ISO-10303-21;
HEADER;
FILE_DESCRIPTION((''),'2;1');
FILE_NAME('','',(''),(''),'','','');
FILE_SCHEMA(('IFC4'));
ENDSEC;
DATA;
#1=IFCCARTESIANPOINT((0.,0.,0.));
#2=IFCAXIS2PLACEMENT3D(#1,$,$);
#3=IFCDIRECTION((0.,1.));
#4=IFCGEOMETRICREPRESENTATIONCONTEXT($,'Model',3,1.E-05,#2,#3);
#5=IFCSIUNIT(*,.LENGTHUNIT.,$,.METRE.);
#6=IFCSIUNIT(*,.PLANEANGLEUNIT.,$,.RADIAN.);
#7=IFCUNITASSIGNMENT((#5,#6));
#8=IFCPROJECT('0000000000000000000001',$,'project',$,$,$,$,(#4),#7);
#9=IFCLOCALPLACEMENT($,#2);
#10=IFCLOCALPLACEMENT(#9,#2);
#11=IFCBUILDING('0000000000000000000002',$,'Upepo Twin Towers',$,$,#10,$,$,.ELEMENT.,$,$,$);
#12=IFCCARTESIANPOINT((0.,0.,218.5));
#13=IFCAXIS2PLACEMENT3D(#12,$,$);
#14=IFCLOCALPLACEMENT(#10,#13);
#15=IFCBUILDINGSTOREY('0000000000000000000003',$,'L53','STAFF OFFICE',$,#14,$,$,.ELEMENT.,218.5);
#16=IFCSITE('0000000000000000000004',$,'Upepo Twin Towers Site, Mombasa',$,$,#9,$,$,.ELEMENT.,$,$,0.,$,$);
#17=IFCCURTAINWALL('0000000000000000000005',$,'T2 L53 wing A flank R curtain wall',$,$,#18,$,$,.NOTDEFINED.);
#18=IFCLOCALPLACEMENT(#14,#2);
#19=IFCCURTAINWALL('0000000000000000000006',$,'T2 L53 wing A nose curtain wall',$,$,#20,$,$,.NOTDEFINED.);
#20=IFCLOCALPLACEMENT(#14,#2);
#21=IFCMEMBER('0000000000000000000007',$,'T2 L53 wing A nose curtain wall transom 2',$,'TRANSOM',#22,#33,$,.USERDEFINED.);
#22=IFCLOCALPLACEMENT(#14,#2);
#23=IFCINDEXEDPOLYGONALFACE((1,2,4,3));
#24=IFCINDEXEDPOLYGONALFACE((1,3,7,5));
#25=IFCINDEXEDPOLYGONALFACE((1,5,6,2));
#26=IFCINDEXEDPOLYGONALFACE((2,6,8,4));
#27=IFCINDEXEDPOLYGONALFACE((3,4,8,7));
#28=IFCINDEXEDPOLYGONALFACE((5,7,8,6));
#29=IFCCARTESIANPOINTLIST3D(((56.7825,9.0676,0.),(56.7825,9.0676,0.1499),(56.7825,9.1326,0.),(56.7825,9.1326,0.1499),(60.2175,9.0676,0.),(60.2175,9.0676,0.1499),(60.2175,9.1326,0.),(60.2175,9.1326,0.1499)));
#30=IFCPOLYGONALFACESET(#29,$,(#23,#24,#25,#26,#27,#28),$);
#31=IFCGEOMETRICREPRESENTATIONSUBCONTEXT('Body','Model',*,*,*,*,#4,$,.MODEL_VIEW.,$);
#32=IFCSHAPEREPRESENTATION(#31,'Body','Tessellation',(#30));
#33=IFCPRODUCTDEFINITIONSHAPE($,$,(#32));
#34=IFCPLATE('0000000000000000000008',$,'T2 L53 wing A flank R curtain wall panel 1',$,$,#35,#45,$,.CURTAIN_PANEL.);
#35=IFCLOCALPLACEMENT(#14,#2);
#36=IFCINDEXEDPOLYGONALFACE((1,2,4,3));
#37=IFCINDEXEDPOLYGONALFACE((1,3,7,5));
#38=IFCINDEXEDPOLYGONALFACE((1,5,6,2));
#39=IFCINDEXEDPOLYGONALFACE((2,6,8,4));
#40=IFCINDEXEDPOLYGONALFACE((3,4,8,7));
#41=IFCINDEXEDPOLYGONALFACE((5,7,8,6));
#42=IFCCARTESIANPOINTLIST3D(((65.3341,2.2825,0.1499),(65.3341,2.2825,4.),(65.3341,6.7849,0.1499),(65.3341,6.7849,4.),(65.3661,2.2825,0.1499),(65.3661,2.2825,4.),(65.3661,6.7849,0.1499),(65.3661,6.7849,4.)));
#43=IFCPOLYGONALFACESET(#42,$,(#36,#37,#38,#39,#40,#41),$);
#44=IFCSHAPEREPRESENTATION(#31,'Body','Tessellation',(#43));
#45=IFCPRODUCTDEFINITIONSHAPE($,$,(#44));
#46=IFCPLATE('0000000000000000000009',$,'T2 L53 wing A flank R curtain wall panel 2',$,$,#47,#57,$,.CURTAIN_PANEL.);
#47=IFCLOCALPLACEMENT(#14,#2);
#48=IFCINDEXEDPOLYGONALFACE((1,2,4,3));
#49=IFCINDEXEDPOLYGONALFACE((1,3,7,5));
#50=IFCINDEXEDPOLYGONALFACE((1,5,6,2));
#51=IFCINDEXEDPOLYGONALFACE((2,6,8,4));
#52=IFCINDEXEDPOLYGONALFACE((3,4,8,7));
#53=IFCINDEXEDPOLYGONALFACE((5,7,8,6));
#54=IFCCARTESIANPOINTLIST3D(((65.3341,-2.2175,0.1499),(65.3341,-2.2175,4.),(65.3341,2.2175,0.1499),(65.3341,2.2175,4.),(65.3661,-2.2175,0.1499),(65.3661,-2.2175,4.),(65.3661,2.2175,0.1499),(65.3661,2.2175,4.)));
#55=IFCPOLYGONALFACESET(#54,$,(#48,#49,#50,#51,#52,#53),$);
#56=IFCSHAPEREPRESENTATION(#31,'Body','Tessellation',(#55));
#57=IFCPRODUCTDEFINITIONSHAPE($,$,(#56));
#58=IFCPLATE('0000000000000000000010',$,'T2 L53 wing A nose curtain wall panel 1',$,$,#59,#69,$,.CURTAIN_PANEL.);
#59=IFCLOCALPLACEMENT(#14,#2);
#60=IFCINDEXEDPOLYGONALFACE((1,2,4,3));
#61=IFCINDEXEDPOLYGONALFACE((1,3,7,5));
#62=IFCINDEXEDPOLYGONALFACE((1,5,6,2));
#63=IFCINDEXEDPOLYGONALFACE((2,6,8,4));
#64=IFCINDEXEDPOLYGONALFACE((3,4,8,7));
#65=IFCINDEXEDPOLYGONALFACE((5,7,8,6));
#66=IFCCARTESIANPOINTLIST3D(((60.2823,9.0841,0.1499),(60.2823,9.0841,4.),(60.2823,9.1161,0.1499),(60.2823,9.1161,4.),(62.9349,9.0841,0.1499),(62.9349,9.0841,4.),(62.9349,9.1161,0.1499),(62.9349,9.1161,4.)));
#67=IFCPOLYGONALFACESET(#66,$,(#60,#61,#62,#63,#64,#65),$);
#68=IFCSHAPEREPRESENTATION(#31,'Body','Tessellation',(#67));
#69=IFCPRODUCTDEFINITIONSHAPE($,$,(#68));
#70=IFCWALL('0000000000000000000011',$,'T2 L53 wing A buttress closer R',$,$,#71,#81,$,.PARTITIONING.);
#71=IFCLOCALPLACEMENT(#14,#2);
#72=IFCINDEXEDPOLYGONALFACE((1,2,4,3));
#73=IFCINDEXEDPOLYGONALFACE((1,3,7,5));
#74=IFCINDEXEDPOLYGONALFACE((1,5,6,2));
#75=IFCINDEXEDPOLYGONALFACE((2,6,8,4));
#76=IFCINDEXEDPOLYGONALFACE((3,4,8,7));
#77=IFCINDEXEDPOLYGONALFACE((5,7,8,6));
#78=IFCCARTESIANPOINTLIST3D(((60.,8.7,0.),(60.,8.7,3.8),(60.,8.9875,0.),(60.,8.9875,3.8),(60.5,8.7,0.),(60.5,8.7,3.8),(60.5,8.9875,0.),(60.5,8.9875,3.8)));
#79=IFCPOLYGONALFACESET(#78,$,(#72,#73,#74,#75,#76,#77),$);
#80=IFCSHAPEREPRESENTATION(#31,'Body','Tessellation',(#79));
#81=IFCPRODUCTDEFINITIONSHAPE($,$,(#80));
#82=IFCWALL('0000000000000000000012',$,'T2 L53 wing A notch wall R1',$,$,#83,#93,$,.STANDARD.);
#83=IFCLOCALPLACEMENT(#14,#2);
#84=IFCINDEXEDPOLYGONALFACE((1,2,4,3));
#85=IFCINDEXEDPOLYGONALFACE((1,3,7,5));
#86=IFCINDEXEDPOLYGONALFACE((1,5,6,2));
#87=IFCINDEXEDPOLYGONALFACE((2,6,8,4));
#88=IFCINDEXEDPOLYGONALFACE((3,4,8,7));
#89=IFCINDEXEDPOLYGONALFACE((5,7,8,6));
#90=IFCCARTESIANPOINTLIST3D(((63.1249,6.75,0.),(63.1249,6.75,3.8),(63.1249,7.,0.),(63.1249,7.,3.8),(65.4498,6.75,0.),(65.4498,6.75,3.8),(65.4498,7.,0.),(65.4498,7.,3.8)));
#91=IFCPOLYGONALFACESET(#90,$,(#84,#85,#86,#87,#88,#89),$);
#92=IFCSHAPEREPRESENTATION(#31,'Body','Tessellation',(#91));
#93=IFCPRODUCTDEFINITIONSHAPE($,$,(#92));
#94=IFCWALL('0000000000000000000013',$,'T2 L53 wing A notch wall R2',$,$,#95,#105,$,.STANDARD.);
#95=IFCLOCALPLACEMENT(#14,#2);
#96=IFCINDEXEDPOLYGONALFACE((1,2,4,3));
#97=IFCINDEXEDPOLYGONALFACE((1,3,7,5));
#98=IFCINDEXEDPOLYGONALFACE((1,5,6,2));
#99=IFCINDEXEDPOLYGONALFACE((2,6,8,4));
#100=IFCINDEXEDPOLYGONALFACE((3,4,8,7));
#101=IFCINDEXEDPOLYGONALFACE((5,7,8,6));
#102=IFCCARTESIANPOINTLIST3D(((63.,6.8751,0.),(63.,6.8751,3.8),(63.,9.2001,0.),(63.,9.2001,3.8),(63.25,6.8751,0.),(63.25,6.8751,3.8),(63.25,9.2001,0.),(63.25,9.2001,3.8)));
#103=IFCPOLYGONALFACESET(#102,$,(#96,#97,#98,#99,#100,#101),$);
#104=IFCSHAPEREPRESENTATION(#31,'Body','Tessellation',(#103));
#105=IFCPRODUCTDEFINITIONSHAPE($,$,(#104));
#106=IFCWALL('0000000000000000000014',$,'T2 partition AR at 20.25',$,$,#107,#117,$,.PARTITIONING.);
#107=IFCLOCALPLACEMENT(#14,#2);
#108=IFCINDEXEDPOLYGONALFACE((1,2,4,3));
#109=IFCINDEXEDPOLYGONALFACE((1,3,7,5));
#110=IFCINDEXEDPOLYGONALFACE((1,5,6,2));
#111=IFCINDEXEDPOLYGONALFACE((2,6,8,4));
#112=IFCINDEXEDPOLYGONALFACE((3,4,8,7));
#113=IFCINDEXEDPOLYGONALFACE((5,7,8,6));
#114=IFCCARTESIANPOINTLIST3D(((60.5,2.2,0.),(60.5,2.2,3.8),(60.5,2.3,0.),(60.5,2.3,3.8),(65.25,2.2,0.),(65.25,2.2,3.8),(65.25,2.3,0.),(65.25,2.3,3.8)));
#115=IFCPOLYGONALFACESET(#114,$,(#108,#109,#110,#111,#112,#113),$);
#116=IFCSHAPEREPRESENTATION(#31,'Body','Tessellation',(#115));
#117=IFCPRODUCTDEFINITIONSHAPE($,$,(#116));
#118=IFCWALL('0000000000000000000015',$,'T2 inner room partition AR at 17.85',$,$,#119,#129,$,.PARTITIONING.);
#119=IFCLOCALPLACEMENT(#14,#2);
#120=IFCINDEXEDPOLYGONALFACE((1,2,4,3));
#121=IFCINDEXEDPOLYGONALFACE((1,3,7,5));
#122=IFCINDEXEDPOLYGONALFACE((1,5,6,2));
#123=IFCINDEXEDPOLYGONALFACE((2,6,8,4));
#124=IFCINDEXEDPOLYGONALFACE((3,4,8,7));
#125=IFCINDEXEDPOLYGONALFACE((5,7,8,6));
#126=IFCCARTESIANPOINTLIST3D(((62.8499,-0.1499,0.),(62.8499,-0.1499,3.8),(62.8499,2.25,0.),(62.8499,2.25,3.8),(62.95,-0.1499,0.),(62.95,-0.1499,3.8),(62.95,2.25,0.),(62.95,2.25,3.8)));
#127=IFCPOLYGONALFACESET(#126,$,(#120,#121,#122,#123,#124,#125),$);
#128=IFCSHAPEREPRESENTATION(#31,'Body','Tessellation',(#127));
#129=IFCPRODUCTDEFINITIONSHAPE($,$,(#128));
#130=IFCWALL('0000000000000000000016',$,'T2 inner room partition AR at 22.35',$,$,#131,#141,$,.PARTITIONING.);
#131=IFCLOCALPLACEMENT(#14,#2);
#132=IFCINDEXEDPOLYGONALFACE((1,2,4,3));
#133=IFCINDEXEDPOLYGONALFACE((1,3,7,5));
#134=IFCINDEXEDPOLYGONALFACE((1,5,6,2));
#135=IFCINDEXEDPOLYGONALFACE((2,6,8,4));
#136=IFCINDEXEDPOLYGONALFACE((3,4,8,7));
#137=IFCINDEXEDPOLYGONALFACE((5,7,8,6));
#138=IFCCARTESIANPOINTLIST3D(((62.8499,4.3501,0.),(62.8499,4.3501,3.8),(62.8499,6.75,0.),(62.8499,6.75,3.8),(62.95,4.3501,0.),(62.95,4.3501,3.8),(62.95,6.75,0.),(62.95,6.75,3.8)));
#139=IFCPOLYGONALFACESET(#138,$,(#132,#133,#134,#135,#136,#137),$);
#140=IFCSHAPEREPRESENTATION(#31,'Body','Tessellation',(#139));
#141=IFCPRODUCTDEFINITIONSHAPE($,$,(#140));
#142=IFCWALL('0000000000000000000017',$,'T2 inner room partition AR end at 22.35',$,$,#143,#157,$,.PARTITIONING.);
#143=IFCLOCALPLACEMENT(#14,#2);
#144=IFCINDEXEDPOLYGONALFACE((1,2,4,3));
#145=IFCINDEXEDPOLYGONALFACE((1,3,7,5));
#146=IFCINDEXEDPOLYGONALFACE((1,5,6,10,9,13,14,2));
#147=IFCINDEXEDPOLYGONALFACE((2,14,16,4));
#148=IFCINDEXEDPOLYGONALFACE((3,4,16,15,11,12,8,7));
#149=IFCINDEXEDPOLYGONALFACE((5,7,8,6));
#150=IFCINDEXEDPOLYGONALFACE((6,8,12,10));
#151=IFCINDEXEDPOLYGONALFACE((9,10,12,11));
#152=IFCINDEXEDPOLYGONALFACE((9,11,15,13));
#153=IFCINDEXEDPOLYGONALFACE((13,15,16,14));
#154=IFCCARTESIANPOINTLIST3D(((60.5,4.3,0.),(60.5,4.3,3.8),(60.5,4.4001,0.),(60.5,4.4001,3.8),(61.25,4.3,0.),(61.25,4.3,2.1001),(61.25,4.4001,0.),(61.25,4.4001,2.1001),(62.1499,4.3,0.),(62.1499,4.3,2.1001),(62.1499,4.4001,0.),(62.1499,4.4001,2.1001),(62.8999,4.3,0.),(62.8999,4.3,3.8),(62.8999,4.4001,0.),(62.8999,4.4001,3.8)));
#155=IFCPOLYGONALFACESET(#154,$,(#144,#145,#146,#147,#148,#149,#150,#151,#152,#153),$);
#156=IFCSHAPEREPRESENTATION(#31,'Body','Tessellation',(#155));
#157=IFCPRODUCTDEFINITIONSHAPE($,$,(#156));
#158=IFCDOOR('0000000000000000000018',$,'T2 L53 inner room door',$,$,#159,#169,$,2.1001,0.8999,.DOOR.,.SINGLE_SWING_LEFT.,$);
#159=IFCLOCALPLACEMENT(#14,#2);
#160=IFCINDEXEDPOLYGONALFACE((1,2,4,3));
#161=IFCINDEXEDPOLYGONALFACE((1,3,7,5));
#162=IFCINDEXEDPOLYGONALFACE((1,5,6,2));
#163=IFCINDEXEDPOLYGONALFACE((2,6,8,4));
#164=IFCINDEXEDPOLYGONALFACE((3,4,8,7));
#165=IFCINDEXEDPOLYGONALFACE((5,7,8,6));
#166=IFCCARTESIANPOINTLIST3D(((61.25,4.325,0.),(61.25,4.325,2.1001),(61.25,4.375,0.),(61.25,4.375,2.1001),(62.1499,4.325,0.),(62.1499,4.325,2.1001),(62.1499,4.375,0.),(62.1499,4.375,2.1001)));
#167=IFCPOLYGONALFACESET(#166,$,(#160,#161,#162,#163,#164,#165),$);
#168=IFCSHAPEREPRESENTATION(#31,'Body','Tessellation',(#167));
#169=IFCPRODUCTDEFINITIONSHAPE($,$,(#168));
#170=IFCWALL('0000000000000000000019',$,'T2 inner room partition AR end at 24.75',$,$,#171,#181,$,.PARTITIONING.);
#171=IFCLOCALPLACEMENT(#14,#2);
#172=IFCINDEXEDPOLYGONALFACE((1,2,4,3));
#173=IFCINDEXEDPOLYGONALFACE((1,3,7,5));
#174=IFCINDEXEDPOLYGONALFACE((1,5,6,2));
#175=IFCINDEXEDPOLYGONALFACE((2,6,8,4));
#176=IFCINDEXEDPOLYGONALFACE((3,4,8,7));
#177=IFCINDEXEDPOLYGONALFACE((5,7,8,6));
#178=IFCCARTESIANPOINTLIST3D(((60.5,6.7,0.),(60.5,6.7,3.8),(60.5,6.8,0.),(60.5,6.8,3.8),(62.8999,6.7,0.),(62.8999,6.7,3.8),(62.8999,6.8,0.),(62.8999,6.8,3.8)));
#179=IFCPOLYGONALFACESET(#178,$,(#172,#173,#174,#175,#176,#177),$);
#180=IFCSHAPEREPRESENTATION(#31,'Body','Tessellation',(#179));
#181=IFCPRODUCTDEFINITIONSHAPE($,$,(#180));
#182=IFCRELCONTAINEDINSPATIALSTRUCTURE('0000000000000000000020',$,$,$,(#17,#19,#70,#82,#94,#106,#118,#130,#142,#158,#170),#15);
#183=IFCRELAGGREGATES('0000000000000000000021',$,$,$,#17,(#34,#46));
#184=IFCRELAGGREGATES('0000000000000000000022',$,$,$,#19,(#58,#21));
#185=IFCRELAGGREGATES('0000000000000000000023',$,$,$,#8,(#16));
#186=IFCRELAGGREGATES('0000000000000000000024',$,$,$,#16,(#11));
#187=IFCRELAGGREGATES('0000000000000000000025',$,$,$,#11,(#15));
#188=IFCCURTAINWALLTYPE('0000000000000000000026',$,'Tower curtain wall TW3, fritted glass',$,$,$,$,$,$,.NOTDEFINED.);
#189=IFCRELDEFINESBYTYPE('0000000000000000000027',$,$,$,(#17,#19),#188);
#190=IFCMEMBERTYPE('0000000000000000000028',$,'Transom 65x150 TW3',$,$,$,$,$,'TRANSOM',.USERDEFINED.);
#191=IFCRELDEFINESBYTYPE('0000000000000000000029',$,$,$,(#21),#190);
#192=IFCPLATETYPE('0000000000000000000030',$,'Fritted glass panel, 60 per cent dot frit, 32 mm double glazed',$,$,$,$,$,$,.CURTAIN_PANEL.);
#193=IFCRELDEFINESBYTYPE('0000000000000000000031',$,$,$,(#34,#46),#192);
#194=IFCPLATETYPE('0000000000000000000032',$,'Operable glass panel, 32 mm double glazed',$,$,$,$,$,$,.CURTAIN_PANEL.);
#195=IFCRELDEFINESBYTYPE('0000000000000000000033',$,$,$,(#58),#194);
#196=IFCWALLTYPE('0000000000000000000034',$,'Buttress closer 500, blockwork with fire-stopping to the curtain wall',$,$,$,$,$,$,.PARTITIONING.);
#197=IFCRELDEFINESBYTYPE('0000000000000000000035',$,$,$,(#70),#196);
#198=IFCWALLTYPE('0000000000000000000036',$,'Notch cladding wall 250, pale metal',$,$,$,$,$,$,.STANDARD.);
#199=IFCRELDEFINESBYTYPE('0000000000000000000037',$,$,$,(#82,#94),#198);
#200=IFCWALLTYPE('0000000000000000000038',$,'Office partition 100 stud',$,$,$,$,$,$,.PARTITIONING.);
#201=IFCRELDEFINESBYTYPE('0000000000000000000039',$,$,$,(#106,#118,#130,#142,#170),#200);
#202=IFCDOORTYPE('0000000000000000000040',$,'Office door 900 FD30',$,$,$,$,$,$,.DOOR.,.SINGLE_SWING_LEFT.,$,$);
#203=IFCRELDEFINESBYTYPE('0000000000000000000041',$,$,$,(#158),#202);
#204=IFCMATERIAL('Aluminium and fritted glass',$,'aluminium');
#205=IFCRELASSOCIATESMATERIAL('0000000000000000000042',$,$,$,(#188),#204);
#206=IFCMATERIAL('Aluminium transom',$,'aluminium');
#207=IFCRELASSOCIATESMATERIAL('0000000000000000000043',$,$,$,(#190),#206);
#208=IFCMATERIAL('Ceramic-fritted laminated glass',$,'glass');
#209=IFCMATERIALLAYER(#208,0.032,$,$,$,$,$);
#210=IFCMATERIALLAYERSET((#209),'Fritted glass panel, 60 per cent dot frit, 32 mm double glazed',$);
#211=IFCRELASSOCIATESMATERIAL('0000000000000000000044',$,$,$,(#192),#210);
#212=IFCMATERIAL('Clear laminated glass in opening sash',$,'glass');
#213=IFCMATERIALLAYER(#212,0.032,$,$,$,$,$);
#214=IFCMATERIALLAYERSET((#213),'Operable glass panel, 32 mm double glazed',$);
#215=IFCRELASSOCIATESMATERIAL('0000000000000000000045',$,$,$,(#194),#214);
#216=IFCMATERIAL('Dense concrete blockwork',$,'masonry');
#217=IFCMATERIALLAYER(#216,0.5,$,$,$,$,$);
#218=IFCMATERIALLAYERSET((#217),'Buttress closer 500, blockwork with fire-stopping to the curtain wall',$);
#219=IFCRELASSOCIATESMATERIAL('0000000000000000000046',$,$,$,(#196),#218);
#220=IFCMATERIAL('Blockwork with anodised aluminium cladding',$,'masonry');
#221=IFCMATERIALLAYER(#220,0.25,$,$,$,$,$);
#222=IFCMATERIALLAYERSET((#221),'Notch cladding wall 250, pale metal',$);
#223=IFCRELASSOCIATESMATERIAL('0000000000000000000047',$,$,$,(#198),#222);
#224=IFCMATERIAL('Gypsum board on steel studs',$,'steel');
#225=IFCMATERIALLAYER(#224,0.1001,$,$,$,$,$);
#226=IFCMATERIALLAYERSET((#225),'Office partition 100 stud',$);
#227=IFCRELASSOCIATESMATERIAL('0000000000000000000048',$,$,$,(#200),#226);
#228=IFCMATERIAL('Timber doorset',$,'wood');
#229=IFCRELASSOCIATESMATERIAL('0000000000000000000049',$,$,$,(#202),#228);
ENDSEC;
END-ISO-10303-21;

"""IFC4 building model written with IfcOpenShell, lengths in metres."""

from ifc_helpers import new_model, si_unit, direction, frame, frame_2d, origin, origin_2d, place, context, subcontext, project, spatial, rectangle, extrude, material, layer, layer_set, material_profile, profile_set, type_object, element, fill, aggregate, save


model = new_model("IFC4")

# Units and contexts
model_context = context("Model", 3, precision=1e-05, world=origin(), true_north=direction((0.0, 1.0)))
body_context = subcontext(model_context, "Body", "Model", "MODEL_VIEW")
ifc_project = project(units=[si_unit("LENGTHUNIT", "METRE"), si_unit("PLANEANGLEUNIT", "RADIAN")], contexts=[model_context])

# Site, building, storey
site_placement = place(None, origin())
site = spatial("IfcSite", under=ifc_project, at=site_placement, Name="Upepo Twin Towers Site, Mombasa", CompositionType="ELEMENT", RefElevation=0.0)
building_placement = place(site_placement, origin())
building = spatial("IfcBuilding", under=site, at=building_placement, Name="Upepo Twin Towers", CompositionType="ELEMENT")
storey_placement = place(building_placement, frame((0.0, 0.0, 218.5)))
storey = spatial("IfcBuildingStorey", under=building, at=storey_placement, Name="L53", Description="STAFF OFFICE", CompositionType="ELEMENT", Elevation=218.5)

# Curtain walls
ifc_material_1 = material(Name="Aluminium and fritted glass", Category="aluminium")
curtain_wall_type = type_object("IfcCurtainWallType", Name="Tower curtain wall TW3, fritted glass", PredefinedType="NOTDEFINED", material=ifc_material_1)
curtain_wall_1_placement = place(storey_placement, origin())
curtain_wall_1 = element("IfcCurtainWall", 1, at=curtain_wall_1_placement, inside=storey, type_object=curtain_wall_type, Name="T2 L53 wing A flank R curtain wall", PredefinedType="NOTDEFINED")
curtain_wall_2_placement = place(storey_placement, origin())
curtain_wall_2 = element("IfcCurtainWall", 2, at=curtain_wall_2_placement, inside=storey, type_object=curtain_wall_type, Name="T2 L53 wing A nose curtain wall", PredefinedType="NOTDEFINED")

# Member
ifc_material_2 = material(Name="Aluminium transom", Category="aluminium")
ifc_material_profile_1 = material_profile(ifc_material_2, rectangle(XDim=0.0649, YDim=0.1499, at=origin_2d()), Name="TRANSOM 65x150")
ifc_profile_set_1 = profile_set([ifc_material_profile_1], Name="Aluminium transom")
member_type_1 = type_object("IfcMemberType", Name="Transom 65x150 TW3", ElementType="TRANSOM", PredefinedType="USERDEFINED", material=ifc_profile_set_1)
member_1_placement = place(storey_placement, frame((60.2175, 9.1001, 0.075), z_axis=(-1.0, 0.0, 0.0), x_axis=(0.0, -1.0, 0.0)))
member_1 = element("IfcMember", 3, at=member_1_placement, type_object=member_type_1, Name="T2 L53 wing A nose curtain wall transom 2", ObjectType="TRANSOM", PredefinedType="USERDEFINED", context=body_context, shape_type="SweptSolid", body=[
    extrude(rectangle(XDim=0.0649, YDim=0.1499, at=origin_2d()), origin(), (0.0, 0.0, 1.0), 3.4351),
])

# Plates
ifc_material_3 = material(Name="Ceramic-fritted laminated glass", Category="glass")
ifc_layer_1 = layer(ifc_material_3, 0.032)
ifc_layer_set_1 = layer_set([ifc_layer_1], Name="Fritted glass panel, 60 per cent dot frit, 32 mm double glazed")
plate_type_1 = type_object("IfcPlateType", Name="Fritted glass panel, 60 per cent dot frit, 32 mm double glazed", PredefinedType="CURTAIN_PANEL", material=ifc_layer_set_1)
plate_1_placement = place(storey_placement, frame((65.3501, 4.5337, 0.1499), z_axis=(0.0, 0.0, 1.0), x_axis=(0.0, -1.0, 0.0)))
plate_1 = element("IfcPlate", 4, at=plate_1_placement, type_object=plate_type_1, Name="T2 L53 wing A flank R curtain wall panel 1", PredefinedType="CURTAIN_PANEL", context=body_context, shape_type="SweptSolid", body=[
    extrude(rectangle(XDim=4.5024, YDim=0.032, at=origin_2d()), origin(), (0.0, 0.0, 1.0), 3.8501),
])
plate_2_placement = place(storey_placement, frame((65.3501, 0.0, 0.1499), z_axis=(0.0, 0.0, 1.0), x_axis=(0.0, -1.0, 0.0)))
plate_2 = element("IfcPlate", 5, at=plate_2_placement, type_object=plate_type_1, Name="T2 L53 wing A flank R curtain wall panel 2", PredefinedType="CURTAIN_PANEL", context=body_context, shape_type="SweptSolid", body=[
    extrude(rectangle(XDim=4.4351, YDim=0.032, at=origin_2d()), origin(), (0.0, 0.0, 1.0), 3.8501),
])
aggregate(curtain_wall_1, [plate_1, plate_2])
ifc_material_4 = material(Name="Clear laminated glass in opening sash", Category="glass")
ifc_layer_2 = layer(ifc_material_4, 0.032)
ifc_layer_set_2 = layer_set([ifc_layer_2], Name="Operable glass panel, 32 mm double glazed")
plate_type_2 = type_object("IfcPlateType", Name="Operable glass panel, 32 mm double glazed", PredefinedType="CURTAIN_PANEL", material=ifc_layer_set_2)
plate_3_placement = place(storey_placement, frame((61.6086, 9.1001, 0.1499), z_axis=(0.0, 0.0, 1.0), x_axis=(-1.0, 0.0, 0.0)))
plate_3 = element("IfcPlate", 6, at=plate_3_placement, type_object=plate_type_2, Name="T2 L53 wing A nose curtain wall panel 1", PredefinedType="CURTAIN_PANEL", context=body_context, shape_type="SweptSolid", body=[
    extrude(rectangle(XDim=2.6526, YDim=0.032, at=origin_2d()), origin(), (0.0, 0.0, 1.0), 3.8501),
])
aggregate(curtain_wall_2, [plate_3, member_1])

# Walls
ifc_material_5 = material(Name="Dense concrete blockwork", Category="masonry")
ifc_layer_3 = layer(ifc_material_5, 0.5)
ifc_layer_set_3 = layer_set([ifc_layer_3], Name="Buttress closer 500, blockwork with fire-stopping to the curtain wall")
wall_type_1 = type_object("IfcWallType", Name="Buttress closer 500, blockwork with fire-stopping to the curtain wall", PredefinedType="PARTITIONING", material=ifc_layer_set_3)
wall_1_placement = place(storey_placement, frame((60.25, 8.7, 0.0), z_axis=(0.0, 0.0, 1.0), x_axis=(0.0, 1.0, 0.0)))
element("IfcWall", 7, at=wall_1_placement, inside=storey, type_object=wall_type_1, Name="T2 L53 wing A buttress closer R", PredefinedType="PARTITIONING", context=body_context, shape_type="SweptSolid", body=[
    extrude(rectangle(XDim=0.2876, YDim=0.5, at=frame_2d((0.1438, 0.0))), origin(), (0.0, 0.0, 1.0), 3.8),
])
ifc_material_6 = material(Name="Blockwork with anodised aluminium cladding", Category="masonry")
ifc_layer_4 = layer(ifc_material_6, 0.25)
ifc_layer_set_4 = layer_set([ifc_layer_4], Name="Notch cladding wall 250, pale metal")
wall_type_2 = type_object("IfcWallType", Name="Notch cladding wall 250, pale metal", PredefinedType="STANDARD", material=ifc_layer_set_4)
for number, where, z_axis, x_axis, name in (
    (8, (65.45, 6.875, 0.0), (0.0, 0.0, 1.0), (-1.0, 0.0, 0.0), "T2 L53 wing A notch wall R1"),
    (9, (63.125, 6.875, 0.0), (0.0, 0.0, 1.0), (0.0, 1.0, 0.0), "T2 L53 wing A notch wall R2"),
):
    element("IfcWall", number, at=place(storey_placement, frame(where, z_axis=z_axis, x_axis=x_axis)), inside=storey, type_object=wall_type_2, Name=name, PredefinedType="STANDARD", context=body_context, shape_type="SweptSolid", body=[
        extrude(rectangle(XDim=2.325, YDim=0.25, at=frame_2d((1.1626, 0.0))), origin(), (0.0, 0.0, 1.0), 3.8),
    ])
ifc_material_7 = material(Name="Gypsum board on steel studs", Category="steel")
ifc_layer_5 = layer(ifc_material_7, 0.1001)
ifc_layer_set_5 = layer_set([ifc_layer_5], Name="Office partition 100 stud")
wall_type_3 = type_object("IfcWallType", Name="Office partition 100 stud", PredefinedType="PARTITIONING", material=ifc_layer_set_5)
wall_2_placement = place(storey_placement, frame((60.5, 2.25, 0.0), z_axis=(0.0, 0.0, 1.0), x_axis=(1.0, 0.0, 0.0)))
element("IfcWall", 10, at=wall_2_placement, inside=storey, type_object=wall_type_3, Name="T2 partition AR at 20.25", PredefinedType="PARTITIONING", context=body_context, shape_type="SweptSolid", body=[
    extrude(rectangle(XDim=4.75, YDim=0.1001, at=frame_2d((2.375, 0.0))), origin(), (0.0, 0.0, 1.0), 3.8),
])
for number, where, z_axis, x_axis, name in (
    (11, (62.8999, -0.1499, 0.0), (0.0, 0.0, 1.0), (0.0, 1.0, 0.0), "T2 inner room partition AR at 17.85"),
    (12, (62.8999, 4.3501, 0.0), (0.0, 0.0, 1.0), (0.0, 1.0, 0.0), "T2 inner room partition AR at 22.35"),
):
    element("IfcWall", number, at=place(storey_placement, frame(where, z_axis=z_axis, x_axis=x_axis)), inside=storey, type_object=wall_type_3, Name=name, PredefinedType="PARTITIONING", context=body_context, shape_type="SweptSolid", body=[
        extrude(rectangle(XDim=2.3999, YDim=0.1001, at=frame_2d((1.2, 0.0))), origin(), (0.0, 0.0, 1.0), 3.8),
    ])

# Wall, opening, door
wall_3_placement = place(storey_placement, frame((60.5, 4.3501, 0.0), z_axis=(0.0, 0.0, 1.0), x_axis=(1.0, 0.0, 0.0)))
wall_3 = element("IfcWall", 13, at=wall_3_placement, inside=storey, type_object=wall_type_3, Name="T2 inner room partition AR end at 22.35", PredefinedType="PARTITIONING", context=body_context, shape_type="SweptSolid", body=[
    extrude(rectangle(XDim=2.3999, YDim=0.1001, at=frame_2d((1.2, 0.0))), origin(), (0.0, 0.0, 1.0), 3.8),
])
opening_placement = place(wall_3_placement, frame((0.75, 0.0, 0.0)))
opening = element("IfcOpeningElement", 14, at=opening_placement, cuts=wall_3, PredefinedType="OPENING", context=body_context, shape_type="SweptSolid", body=[
    extrude(rectangle(XDim=0.8999, YDim=2.1001, at=frame_2d((0.45, 1.05))), frame((0.0, 0.0601, 0.0), z_axis=(0.0, -1.0, 0.0), x_axis=(1.0, 0.0, 0.0)), (0.0, 0.0, 1.0), 0.1201),
])
ifc_material_8 = material(Name="Timber doorset", Category="wood")
door_type = type_object("IfcDoorType", Name="Office door 900 FD30", OperationType="SINGLE_SWING_LEFT", PredefinedType="DOOR", material=ifc_material_8)
door_placement = place(opening_placement, origin())
door = element("IfcDoor", 15, at=door_placement, inside=storey, type_object=door_type, Name="T2 L53 inner room door", OperationType="SINGLE_SWING_LEFT", OverallHeight=2.1001, OverallWidth=0.8999, PredefinedType="DOOR", context=body_context, shape_type="SweptSolid", body=[
    extrude(rectangle(XDim=0.8999, YDim=2.1001, at=frame_2d((0.45, 1.05))), frame((0.0, 0.0249, 0.0), z_axis=(0.0, -1.0, 0.0), x_axis=(1.0, 0.0, 0.0)), (0.0, 0.0, 1.0), 0.05),
])
fill(opening, door)

# Wall
wall_4_placement = place(storey_placement, frame((60.5, 6.75, 0.0), z_axis=(0.0, 0.0, 1.0), x_axis=(1.0, 0.0, 0.0)))
element("IfcWall", 16, at=wall_4_placement, inside=storey, type_object=wall_type_3, Name="T2 inner room partition AR end at 24.75", PredefinedType="PARTITIONING", context=body_context, shape_type="SweptSolid", body=[
    extrude(rectangle(XDim=2.3999, YDim=0.1001, at=frame_2d((1.2, 0.0))), origin(), (0.0, 0.0, 1.0), 3.8),
])

save(model, "model.ifc")
